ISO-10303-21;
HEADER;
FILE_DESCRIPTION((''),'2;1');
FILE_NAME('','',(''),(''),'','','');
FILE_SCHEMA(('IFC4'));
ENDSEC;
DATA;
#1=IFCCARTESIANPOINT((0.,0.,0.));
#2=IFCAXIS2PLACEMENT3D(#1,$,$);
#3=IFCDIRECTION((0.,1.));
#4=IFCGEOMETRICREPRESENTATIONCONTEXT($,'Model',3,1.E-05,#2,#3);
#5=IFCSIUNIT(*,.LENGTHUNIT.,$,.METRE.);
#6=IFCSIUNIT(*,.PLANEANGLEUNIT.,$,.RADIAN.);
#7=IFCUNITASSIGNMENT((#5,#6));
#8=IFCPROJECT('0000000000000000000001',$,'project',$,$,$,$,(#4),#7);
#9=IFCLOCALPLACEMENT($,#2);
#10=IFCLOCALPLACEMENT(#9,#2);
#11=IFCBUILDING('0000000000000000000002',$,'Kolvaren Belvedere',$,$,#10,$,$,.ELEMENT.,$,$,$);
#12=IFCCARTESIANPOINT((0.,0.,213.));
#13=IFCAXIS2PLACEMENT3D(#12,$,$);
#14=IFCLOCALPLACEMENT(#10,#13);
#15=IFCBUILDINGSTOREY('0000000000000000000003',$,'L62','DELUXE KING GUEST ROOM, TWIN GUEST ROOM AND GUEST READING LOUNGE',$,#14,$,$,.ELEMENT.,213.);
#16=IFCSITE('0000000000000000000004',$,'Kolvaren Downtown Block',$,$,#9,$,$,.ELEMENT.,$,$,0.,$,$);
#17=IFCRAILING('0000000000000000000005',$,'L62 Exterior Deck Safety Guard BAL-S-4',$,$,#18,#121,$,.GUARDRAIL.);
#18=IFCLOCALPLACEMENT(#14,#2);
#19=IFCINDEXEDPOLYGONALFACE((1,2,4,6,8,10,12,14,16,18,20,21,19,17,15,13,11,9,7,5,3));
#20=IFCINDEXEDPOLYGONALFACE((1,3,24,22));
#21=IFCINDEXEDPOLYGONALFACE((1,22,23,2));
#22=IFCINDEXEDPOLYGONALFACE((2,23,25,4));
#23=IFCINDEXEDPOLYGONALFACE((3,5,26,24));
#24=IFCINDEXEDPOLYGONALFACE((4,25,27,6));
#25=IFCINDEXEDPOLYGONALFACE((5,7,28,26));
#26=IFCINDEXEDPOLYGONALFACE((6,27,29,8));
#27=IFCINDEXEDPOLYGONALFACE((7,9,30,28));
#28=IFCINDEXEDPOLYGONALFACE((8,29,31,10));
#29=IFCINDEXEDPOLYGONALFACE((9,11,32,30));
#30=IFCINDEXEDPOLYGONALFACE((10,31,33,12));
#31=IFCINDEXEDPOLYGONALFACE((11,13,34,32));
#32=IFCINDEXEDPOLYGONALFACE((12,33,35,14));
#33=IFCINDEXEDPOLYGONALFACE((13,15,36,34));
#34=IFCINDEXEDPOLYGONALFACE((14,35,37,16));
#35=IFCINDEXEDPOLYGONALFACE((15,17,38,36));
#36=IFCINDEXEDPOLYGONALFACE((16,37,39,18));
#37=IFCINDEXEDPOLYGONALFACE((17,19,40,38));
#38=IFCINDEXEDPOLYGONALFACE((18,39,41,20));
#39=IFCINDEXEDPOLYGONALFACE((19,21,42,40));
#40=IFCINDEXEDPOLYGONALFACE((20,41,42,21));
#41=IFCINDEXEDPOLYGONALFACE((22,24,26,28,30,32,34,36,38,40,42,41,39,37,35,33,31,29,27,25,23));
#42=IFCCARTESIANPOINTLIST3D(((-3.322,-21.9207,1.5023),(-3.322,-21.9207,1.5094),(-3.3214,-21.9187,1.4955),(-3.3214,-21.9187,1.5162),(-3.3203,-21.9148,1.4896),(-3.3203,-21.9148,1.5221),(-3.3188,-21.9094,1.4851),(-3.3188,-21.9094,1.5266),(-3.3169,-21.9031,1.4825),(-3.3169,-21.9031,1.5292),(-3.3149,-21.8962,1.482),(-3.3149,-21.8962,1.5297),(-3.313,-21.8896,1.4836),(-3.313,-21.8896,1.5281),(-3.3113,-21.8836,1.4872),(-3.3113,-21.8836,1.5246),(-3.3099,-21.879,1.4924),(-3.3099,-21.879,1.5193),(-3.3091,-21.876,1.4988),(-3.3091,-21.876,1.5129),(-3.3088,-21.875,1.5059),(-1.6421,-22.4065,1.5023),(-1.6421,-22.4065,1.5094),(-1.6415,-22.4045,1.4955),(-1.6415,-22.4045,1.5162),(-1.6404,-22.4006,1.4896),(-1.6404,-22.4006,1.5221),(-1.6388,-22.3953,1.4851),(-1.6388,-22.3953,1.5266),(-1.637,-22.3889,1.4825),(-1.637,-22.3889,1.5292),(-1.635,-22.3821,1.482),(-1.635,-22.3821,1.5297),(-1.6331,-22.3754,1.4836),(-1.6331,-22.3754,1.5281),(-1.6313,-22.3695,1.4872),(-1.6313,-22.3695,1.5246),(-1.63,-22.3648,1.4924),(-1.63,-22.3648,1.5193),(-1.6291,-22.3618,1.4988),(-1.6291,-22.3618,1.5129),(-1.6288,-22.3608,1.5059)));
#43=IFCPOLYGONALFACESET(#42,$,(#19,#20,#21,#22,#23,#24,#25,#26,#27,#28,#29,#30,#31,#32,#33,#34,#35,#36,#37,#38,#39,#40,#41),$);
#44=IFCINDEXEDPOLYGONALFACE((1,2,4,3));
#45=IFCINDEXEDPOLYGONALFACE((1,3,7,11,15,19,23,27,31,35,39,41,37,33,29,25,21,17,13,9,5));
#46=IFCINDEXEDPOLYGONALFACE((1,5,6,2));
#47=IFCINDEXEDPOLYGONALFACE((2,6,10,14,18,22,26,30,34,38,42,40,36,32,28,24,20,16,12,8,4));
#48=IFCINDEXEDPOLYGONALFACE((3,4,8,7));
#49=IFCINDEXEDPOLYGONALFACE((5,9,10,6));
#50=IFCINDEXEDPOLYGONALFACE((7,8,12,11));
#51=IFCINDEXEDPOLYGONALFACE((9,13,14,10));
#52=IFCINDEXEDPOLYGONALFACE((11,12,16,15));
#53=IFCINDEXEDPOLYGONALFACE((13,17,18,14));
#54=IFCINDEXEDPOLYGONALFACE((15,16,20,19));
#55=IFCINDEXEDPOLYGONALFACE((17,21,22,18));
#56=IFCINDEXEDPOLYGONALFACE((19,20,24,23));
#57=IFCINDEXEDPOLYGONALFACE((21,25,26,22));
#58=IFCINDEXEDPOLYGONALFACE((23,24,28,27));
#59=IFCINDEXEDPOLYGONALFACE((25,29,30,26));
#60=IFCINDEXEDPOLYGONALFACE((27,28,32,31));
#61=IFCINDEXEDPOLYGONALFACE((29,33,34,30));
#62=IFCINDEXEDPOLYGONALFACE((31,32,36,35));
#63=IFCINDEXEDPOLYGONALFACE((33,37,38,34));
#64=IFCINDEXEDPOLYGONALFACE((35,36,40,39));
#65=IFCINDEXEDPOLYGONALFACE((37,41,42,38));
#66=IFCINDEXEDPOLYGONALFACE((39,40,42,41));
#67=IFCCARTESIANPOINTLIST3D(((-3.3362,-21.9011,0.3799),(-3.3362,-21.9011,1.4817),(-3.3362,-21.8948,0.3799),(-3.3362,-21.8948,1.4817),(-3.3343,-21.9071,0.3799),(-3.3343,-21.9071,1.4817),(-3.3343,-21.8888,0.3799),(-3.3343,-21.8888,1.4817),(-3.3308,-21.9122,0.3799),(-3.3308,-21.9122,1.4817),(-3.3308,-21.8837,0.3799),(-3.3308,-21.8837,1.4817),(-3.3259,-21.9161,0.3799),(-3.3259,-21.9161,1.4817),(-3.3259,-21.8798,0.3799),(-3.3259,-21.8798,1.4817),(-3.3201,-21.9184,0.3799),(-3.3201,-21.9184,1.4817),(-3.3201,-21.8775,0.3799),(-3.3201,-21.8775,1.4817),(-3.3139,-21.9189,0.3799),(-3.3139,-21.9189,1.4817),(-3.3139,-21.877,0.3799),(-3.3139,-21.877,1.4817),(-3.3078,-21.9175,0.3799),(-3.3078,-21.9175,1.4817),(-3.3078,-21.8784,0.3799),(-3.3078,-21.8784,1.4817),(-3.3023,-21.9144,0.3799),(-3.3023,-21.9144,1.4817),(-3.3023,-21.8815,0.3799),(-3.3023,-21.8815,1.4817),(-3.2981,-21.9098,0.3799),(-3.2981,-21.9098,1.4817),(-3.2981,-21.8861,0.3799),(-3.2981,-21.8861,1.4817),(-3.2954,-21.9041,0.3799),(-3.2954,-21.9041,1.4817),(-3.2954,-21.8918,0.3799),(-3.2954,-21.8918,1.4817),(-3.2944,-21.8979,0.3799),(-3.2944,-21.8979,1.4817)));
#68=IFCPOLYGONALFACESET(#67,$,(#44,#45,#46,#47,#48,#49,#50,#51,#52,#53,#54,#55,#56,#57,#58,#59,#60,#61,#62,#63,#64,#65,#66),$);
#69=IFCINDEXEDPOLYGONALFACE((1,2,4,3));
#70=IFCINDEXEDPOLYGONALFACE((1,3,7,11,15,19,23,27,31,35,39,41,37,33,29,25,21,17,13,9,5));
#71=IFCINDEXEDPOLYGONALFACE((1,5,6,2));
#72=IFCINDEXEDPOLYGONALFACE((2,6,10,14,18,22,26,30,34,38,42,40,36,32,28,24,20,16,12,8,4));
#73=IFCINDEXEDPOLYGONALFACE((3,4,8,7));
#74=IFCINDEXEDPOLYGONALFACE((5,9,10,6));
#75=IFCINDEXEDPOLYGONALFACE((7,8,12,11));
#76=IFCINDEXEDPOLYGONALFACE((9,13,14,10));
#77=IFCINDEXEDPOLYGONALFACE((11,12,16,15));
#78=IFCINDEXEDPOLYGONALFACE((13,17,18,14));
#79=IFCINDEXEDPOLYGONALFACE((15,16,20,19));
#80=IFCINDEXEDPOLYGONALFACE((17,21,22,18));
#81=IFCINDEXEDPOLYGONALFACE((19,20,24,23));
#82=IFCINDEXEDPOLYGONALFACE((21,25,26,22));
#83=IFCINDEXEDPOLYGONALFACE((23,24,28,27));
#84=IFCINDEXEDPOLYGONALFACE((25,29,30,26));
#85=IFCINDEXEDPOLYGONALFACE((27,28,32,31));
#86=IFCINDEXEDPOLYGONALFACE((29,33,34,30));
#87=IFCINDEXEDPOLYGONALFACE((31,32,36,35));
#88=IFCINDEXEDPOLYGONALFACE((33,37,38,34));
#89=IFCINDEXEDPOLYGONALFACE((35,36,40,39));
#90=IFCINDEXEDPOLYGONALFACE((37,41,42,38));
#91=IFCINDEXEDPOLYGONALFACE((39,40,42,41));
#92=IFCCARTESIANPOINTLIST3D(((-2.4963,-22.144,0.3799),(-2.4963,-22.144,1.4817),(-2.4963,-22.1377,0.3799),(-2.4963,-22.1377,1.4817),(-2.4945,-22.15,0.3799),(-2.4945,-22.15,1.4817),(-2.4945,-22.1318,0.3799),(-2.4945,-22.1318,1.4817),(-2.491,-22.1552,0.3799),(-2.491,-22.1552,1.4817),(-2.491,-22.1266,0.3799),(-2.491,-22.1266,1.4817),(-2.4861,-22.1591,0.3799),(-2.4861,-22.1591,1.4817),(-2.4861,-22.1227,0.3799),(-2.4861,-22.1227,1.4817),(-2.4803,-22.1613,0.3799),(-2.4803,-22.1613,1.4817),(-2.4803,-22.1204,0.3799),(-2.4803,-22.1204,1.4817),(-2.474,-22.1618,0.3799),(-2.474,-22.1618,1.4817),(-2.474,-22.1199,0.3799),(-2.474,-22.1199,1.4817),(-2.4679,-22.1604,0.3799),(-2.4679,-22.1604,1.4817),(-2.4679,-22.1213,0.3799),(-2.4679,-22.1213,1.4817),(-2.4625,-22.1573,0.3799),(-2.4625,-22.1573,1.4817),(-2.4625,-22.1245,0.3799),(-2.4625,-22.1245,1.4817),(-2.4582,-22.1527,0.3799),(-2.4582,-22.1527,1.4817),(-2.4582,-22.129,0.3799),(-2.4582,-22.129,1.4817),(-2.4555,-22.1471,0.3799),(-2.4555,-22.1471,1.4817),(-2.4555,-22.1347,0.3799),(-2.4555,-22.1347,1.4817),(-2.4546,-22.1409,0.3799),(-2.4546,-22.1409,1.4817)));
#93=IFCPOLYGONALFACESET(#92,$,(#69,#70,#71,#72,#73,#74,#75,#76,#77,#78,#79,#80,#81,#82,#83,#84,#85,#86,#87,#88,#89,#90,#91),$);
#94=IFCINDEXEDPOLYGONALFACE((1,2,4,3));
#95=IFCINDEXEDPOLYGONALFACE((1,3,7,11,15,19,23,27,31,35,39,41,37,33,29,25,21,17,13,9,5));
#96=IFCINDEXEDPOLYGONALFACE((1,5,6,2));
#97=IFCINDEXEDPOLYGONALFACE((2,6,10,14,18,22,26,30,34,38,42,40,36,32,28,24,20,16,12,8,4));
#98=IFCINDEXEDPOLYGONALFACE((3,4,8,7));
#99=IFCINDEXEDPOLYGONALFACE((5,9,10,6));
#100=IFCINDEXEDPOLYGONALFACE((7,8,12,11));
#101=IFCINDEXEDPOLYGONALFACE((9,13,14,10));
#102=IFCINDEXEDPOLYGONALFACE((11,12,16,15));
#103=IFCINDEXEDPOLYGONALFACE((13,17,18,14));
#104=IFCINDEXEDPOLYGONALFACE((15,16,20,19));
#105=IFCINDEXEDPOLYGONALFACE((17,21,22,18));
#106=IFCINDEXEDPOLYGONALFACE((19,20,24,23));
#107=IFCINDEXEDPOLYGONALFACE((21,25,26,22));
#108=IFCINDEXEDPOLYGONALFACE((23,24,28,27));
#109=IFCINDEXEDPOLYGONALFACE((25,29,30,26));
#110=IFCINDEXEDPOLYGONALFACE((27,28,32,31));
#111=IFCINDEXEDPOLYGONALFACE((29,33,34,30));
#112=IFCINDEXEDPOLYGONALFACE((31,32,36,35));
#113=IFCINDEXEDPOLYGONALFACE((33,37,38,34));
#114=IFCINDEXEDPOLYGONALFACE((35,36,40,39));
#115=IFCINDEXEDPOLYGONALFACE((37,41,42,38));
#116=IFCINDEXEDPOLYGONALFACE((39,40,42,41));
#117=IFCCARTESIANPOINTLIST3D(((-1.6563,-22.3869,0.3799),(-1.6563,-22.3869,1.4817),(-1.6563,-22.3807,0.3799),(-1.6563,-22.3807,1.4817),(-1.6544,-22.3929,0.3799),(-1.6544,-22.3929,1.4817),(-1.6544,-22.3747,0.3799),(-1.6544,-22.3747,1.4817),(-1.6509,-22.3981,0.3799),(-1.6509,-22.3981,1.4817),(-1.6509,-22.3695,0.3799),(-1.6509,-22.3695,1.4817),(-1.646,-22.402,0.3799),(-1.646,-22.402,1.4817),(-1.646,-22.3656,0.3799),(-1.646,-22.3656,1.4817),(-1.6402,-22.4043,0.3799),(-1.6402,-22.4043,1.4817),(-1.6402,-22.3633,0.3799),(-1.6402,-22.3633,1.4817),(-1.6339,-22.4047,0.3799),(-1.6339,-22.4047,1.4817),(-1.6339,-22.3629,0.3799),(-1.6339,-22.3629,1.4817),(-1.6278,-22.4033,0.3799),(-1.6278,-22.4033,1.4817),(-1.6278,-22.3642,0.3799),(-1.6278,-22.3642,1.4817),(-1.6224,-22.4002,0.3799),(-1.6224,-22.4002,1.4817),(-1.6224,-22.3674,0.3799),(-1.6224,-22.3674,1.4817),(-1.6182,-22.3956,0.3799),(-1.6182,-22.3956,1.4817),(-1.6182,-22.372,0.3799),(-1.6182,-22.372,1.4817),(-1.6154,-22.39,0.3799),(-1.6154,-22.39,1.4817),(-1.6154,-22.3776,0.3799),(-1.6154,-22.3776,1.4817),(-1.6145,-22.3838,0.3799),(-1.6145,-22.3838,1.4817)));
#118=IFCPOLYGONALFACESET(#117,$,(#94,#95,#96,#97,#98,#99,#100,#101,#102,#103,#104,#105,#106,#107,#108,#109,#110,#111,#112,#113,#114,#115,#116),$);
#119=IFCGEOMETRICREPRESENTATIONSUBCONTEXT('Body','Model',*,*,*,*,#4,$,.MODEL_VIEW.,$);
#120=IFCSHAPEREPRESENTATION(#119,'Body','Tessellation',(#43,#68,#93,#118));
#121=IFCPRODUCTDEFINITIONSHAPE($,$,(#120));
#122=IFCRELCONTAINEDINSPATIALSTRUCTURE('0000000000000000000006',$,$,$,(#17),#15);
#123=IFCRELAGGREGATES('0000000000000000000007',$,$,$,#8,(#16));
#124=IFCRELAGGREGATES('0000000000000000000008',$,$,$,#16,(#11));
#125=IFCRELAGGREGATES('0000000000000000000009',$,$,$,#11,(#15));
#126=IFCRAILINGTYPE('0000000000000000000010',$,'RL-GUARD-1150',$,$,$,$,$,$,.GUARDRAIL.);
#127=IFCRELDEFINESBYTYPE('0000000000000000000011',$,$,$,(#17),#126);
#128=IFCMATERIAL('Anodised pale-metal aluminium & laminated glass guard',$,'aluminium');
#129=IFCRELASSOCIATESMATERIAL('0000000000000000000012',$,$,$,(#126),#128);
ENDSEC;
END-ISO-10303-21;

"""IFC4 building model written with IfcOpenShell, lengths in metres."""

from ifc_helpers import new_model, si_unit, direction, frame, origin, origin_2d, place, context, subcontext, project, spatial, circle, extrude, material, type_object, element, save


model = new_model("IFC4")

# Units and contexts
model_context = context("Model", 3, precision=1e-05, world=origin(), true_north=direction((0.0, 1.0)))
body_context = subcontext(model_context, "Body", "Model", "MODEL_VIEW")
ifc_project = project(units=[si_unit("LENGTHUNIT", "METRE"), si_unit("PLANEANGLEUNIT", "RADIAN")], contexts=[model_context])

# Site, building, storey
site_placement = place(None, origin())
site = spatial("IfcSite", under=ifc_project, at=site_placement, Name="Kolvaren Downtown Block", CompositionType="ELEMENT", RefElevation=0.0)
building_placement = place(site_placement, origin())
building = spatial("IfcBuilding", under=site, at=building_placement, Name="Kolvaren Belvedere", CompositionType="ELEMENT")
storey_placement = place(building_placement, frame((0.0, 0.0, 213.0)))
storey = spatial("IfcBuildingStorey", under=building, at=storey_placement, Name="L62", Description="DELUXE KING GUEST ROOM, TWIN GUEST ROOM AND GUEST READING LOUNGE", CompositionType="ELEMENT", Elevation=213.0)

# Railing
ifc_material_1 = material(Name="Anodised pale-metal aluminium & laminated glass guard", Category="aluminium")
railing_type = type_object("IfcRailingType", Name="RL-GUARD-1150", PredefinedType="GUARDRAIL", material=ifc_material_1)
railing_1_placement = place(storey_placement, frame((-3.3154, -21.8979, 0.3799)))
element("IfcRailing", 1, at=railing_1_placement, inside=storey, type_object=railing_type, Name="L62 Exterior Deck Safety Guard BAL-S-4", PredefinedType="GUARDRAIL", context=body_context, shape_type="SweptSolid", body=[
    extrude(circle(Radius=0.0239, at=origin_2d()), frame((0.0, 0.0, 1.126), z_axis=(0.960634, -0.277817, 0.0), x_axis=(0.277817, 0.960634, 0.0)), (0.0, 0.0, 1.0), 1.7488),
    extrude(circle(Radius=0.021, at=origin_2d()), origin(), (0.0, 0.0, 1.0), 1.1018),
    extrude(circle(Radius=0.021, at=origin_2d()), frame((0.8398, -0.2429, 0.0)), (0.0, 0.0, 1.0), 1.1018),
    extrude(circle(Radius=0.021, at=origin_2d()), frame((1.6799, -0.4858, 0.0)), (0.0, 0.0, 1.0), 1.1018),
])

save(model, "model.ifc")
